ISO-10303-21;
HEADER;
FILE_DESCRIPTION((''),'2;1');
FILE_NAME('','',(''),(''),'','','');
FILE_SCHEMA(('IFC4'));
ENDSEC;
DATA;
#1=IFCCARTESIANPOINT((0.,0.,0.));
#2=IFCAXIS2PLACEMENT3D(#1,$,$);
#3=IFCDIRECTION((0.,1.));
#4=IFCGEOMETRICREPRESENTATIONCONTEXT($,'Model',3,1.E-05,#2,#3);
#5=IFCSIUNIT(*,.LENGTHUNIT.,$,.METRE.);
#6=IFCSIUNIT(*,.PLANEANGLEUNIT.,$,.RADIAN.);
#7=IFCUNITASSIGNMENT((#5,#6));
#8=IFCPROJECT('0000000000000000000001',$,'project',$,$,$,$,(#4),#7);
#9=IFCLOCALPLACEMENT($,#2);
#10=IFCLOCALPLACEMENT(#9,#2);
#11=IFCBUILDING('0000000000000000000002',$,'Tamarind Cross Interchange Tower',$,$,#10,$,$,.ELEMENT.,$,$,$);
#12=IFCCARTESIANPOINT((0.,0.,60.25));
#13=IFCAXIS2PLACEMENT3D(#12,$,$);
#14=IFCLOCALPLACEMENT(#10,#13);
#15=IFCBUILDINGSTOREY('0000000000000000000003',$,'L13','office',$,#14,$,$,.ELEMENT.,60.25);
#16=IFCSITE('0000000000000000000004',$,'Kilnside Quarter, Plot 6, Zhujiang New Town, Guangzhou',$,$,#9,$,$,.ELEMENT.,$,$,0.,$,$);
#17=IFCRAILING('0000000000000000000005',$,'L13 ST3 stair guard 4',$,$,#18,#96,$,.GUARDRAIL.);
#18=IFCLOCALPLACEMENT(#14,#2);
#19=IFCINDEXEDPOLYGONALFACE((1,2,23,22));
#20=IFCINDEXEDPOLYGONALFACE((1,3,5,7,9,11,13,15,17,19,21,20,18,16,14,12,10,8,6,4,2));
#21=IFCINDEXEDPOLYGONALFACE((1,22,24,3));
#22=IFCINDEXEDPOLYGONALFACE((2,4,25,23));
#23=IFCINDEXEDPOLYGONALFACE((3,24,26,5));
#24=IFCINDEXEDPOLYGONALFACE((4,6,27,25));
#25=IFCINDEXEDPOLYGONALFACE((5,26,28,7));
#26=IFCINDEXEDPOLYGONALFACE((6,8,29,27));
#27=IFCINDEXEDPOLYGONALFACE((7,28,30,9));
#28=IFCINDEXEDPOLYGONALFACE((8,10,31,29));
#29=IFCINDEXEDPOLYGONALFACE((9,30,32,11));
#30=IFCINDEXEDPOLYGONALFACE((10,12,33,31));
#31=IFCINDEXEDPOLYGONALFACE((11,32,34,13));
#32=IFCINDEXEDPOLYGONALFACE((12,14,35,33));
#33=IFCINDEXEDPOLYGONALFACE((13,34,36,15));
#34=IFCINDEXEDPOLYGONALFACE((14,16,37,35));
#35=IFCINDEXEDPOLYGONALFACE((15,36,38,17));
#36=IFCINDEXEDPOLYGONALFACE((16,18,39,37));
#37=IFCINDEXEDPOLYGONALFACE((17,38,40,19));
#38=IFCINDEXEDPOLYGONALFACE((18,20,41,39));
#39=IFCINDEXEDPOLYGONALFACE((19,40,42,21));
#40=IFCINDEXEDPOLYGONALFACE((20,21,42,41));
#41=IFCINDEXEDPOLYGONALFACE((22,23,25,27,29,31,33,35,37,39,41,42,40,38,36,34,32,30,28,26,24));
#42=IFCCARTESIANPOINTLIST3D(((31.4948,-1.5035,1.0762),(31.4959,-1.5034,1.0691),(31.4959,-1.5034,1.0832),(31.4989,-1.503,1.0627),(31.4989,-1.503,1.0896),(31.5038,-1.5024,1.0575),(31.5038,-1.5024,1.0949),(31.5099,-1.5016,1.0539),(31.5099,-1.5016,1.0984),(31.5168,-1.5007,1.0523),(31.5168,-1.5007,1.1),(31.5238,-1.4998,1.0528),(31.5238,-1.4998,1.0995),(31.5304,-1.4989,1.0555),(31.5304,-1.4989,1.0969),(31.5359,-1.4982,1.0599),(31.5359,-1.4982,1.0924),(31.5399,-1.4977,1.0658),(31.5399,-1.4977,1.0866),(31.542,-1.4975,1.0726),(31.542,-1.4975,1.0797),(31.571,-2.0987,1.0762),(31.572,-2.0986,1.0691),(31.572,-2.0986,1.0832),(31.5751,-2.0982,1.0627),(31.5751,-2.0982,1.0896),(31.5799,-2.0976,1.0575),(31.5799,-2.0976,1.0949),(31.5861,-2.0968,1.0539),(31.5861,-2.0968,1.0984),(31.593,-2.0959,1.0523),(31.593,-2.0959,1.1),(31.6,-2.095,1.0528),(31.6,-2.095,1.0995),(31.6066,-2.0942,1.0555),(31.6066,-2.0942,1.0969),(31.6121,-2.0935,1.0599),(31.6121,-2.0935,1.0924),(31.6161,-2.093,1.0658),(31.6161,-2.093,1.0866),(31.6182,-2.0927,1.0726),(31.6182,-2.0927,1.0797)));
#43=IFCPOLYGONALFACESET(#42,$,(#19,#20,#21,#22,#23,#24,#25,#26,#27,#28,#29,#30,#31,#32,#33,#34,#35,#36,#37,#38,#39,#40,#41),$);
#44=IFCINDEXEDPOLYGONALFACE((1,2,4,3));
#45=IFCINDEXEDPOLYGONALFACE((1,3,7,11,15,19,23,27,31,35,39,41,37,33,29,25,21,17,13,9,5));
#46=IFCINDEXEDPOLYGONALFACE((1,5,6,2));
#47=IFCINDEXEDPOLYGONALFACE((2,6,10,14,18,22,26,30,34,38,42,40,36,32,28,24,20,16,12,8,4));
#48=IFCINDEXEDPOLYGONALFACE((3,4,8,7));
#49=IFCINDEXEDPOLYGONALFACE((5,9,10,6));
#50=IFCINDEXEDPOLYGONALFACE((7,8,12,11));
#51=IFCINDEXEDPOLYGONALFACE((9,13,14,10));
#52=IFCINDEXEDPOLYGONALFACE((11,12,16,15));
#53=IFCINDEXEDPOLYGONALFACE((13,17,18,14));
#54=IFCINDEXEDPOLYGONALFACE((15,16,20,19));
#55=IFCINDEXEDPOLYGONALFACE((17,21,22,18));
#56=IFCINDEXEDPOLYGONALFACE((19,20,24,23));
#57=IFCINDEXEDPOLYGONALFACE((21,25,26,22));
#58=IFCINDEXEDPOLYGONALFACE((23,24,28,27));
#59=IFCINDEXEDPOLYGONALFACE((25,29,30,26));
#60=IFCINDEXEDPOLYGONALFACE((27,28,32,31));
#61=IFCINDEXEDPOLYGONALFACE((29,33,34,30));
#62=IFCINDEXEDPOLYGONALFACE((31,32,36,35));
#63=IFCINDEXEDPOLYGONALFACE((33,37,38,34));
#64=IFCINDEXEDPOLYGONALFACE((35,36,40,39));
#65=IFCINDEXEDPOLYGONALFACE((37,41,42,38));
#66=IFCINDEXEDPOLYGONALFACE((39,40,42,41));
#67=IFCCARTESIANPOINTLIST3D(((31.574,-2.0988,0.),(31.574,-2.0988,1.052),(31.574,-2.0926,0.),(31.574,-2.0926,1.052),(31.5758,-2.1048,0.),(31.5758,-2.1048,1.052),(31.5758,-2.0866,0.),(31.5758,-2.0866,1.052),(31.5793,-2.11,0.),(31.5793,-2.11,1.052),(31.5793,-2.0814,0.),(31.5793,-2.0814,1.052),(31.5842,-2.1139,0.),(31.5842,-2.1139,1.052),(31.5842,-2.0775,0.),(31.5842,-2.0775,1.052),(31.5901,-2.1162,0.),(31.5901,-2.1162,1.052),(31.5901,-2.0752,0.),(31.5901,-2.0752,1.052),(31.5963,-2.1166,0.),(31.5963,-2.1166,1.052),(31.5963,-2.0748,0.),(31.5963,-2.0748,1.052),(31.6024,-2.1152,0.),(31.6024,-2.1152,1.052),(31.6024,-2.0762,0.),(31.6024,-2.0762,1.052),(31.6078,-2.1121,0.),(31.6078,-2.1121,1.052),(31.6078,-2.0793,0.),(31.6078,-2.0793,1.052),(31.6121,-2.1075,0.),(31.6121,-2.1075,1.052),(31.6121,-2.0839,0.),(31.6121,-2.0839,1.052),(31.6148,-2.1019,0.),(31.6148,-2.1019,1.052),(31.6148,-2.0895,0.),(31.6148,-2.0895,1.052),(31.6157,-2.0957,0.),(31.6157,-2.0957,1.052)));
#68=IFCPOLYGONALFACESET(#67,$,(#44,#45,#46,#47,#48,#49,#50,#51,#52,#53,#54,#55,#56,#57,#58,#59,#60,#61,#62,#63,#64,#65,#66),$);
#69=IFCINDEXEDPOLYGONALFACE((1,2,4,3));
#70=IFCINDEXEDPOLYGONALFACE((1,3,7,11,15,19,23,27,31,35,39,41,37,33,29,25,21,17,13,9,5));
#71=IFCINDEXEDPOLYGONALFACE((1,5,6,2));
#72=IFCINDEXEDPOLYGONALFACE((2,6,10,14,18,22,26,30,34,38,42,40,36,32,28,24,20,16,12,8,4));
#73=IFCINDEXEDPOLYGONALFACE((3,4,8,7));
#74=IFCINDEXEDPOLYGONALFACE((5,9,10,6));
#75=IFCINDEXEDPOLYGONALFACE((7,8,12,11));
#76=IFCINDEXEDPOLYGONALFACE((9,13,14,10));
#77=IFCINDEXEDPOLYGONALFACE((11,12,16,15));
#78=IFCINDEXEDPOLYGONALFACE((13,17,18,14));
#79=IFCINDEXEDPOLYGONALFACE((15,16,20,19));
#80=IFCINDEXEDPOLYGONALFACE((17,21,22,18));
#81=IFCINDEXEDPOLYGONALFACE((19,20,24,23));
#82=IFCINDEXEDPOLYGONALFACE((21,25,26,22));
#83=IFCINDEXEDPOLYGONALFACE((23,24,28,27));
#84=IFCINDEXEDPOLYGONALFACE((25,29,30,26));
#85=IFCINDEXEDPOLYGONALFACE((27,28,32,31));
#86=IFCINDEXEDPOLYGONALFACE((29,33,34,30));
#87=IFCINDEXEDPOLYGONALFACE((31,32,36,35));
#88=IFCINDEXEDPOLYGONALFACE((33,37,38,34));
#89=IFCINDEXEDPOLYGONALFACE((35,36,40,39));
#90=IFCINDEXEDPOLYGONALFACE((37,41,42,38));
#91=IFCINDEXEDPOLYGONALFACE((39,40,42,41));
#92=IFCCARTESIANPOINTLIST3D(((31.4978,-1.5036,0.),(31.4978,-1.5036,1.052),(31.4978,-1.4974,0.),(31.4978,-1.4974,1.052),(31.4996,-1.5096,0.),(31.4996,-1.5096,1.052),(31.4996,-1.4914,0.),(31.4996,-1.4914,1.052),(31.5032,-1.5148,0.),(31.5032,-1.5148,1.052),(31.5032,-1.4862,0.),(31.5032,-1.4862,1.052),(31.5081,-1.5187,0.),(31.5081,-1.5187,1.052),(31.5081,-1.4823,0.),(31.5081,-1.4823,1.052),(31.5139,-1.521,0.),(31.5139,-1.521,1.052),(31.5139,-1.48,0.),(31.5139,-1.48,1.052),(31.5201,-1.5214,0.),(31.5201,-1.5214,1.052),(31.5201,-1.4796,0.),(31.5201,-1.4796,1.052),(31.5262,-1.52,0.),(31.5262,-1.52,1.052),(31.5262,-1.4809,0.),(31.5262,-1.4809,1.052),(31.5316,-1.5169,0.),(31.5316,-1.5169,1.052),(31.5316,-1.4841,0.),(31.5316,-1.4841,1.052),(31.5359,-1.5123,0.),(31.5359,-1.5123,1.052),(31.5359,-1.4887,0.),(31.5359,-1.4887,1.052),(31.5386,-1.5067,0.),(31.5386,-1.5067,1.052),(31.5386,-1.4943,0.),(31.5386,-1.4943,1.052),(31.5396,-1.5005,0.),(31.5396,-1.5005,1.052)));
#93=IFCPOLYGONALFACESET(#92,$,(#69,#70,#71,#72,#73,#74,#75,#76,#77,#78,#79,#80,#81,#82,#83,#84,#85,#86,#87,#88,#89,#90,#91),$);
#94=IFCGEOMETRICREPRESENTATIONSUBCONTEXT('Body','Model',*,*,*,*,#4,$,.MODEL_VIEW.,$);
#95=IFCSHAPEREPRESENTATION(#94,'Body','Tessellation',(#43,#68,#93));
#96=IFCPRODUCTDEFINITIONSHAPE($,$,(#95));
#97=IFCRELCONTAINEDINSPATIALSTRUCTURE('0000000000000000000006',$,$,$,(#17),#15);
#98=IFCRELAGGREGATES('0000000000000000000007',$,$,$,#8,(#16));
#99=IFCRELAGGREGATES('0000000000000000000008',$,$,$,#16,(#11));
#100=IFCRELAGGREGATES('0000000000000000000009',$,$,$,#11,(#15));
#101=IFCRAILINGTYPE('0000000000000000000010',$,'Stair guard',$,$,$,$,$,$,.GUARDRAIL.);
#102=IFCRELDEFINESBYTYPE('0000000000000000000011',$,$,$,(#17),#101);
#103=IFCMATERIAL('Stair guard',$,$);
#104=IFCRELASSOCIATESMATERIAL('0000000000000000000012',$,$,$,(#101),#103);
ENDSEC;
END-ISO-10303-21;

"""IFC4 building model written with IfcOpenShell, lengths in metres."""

from ifc_helpers import new_model, si_unit, direction, frame, origin, origin_2d, place, context, subcontext, project, spatial, circle, extrude, material, type_object, element, save


model = new_model("IFC4")

# Units and contexts
model_context = context("Model", 3, precision=1e-05, world=origin(), true_north=direction((0.0, 1.0)))
body_context = subcontext(model_context, "Body", "Model", "MODEL_VIEW")
ifc_project = project(units=[si_unit("LENGTHUNIT", "METRE"), si_unit("PLANEANGLEUNIT", "RADIAN")], contexts=[model_context])

# Site, building, storey
site_placement = place(None, origin())
site = spatial("IfcSite", under=ifc_project, at=site_placement, Name="Kilnside Quarter, Plot 6, Zhujiang New Town, Guangzhou", CompositionType="ELEMENT", RefElevation=0.0)
building_placement = place(site_placement, origin())
building = spatial("IfcBuilding", under=site, at=building_placement, Name="Tamarind Cross Interchange Tower", CompositionType="ELEMENT")
storey_placement = place(building_placement, frame((0.0, 0.0, 60.25)))
storey = spatial("IfcBuildingStorey", under=building, at=storey_placement, Name="L13", Description="office", CompositionType="ELEMENT", Elevation=60.25)

# Railing
ifc_material_1 = material(Name="Stair guard")
railing_type_1 = type_object("IfcRailingType", Name="Stair guard", PredefinedType="GUARDRAIL", material=ifc_material_1)
railing_1_placement = place(storey_placement, frame((31.5947, -2.0957, 0.0)))
element("IfcRailing", 1, at=railing_1_placement, inside=storey, type_object=railing_type_1, Name="L13 ST3 stair guard 4", PredefinedType="GUARDRAIL", context=body_context, shape_type="SweptSolid", body=[
    extrude(circle(Radius=0.0239, at=origin_2d()), frame((0.0, 0.0, 1.0762), z_axis=(-0.126939, 0.991911, 0.0), x_axis=(-0.991911, -0.126939, 0.0)), (0.0, 0.0, 1.0), 0.6001),
    extrude(circle(Radius=0.021, at=origin_2d()), origin(), (0.0, 0.0, 1.0), 1.052),
    extrude(circle(Radius=0.021, at=origin_2d()), frame((-0.0762, 0.5952, 0.0)), (0.0, 0.0, 1.0), 1.052),
])

save(model, "model.ifc")
